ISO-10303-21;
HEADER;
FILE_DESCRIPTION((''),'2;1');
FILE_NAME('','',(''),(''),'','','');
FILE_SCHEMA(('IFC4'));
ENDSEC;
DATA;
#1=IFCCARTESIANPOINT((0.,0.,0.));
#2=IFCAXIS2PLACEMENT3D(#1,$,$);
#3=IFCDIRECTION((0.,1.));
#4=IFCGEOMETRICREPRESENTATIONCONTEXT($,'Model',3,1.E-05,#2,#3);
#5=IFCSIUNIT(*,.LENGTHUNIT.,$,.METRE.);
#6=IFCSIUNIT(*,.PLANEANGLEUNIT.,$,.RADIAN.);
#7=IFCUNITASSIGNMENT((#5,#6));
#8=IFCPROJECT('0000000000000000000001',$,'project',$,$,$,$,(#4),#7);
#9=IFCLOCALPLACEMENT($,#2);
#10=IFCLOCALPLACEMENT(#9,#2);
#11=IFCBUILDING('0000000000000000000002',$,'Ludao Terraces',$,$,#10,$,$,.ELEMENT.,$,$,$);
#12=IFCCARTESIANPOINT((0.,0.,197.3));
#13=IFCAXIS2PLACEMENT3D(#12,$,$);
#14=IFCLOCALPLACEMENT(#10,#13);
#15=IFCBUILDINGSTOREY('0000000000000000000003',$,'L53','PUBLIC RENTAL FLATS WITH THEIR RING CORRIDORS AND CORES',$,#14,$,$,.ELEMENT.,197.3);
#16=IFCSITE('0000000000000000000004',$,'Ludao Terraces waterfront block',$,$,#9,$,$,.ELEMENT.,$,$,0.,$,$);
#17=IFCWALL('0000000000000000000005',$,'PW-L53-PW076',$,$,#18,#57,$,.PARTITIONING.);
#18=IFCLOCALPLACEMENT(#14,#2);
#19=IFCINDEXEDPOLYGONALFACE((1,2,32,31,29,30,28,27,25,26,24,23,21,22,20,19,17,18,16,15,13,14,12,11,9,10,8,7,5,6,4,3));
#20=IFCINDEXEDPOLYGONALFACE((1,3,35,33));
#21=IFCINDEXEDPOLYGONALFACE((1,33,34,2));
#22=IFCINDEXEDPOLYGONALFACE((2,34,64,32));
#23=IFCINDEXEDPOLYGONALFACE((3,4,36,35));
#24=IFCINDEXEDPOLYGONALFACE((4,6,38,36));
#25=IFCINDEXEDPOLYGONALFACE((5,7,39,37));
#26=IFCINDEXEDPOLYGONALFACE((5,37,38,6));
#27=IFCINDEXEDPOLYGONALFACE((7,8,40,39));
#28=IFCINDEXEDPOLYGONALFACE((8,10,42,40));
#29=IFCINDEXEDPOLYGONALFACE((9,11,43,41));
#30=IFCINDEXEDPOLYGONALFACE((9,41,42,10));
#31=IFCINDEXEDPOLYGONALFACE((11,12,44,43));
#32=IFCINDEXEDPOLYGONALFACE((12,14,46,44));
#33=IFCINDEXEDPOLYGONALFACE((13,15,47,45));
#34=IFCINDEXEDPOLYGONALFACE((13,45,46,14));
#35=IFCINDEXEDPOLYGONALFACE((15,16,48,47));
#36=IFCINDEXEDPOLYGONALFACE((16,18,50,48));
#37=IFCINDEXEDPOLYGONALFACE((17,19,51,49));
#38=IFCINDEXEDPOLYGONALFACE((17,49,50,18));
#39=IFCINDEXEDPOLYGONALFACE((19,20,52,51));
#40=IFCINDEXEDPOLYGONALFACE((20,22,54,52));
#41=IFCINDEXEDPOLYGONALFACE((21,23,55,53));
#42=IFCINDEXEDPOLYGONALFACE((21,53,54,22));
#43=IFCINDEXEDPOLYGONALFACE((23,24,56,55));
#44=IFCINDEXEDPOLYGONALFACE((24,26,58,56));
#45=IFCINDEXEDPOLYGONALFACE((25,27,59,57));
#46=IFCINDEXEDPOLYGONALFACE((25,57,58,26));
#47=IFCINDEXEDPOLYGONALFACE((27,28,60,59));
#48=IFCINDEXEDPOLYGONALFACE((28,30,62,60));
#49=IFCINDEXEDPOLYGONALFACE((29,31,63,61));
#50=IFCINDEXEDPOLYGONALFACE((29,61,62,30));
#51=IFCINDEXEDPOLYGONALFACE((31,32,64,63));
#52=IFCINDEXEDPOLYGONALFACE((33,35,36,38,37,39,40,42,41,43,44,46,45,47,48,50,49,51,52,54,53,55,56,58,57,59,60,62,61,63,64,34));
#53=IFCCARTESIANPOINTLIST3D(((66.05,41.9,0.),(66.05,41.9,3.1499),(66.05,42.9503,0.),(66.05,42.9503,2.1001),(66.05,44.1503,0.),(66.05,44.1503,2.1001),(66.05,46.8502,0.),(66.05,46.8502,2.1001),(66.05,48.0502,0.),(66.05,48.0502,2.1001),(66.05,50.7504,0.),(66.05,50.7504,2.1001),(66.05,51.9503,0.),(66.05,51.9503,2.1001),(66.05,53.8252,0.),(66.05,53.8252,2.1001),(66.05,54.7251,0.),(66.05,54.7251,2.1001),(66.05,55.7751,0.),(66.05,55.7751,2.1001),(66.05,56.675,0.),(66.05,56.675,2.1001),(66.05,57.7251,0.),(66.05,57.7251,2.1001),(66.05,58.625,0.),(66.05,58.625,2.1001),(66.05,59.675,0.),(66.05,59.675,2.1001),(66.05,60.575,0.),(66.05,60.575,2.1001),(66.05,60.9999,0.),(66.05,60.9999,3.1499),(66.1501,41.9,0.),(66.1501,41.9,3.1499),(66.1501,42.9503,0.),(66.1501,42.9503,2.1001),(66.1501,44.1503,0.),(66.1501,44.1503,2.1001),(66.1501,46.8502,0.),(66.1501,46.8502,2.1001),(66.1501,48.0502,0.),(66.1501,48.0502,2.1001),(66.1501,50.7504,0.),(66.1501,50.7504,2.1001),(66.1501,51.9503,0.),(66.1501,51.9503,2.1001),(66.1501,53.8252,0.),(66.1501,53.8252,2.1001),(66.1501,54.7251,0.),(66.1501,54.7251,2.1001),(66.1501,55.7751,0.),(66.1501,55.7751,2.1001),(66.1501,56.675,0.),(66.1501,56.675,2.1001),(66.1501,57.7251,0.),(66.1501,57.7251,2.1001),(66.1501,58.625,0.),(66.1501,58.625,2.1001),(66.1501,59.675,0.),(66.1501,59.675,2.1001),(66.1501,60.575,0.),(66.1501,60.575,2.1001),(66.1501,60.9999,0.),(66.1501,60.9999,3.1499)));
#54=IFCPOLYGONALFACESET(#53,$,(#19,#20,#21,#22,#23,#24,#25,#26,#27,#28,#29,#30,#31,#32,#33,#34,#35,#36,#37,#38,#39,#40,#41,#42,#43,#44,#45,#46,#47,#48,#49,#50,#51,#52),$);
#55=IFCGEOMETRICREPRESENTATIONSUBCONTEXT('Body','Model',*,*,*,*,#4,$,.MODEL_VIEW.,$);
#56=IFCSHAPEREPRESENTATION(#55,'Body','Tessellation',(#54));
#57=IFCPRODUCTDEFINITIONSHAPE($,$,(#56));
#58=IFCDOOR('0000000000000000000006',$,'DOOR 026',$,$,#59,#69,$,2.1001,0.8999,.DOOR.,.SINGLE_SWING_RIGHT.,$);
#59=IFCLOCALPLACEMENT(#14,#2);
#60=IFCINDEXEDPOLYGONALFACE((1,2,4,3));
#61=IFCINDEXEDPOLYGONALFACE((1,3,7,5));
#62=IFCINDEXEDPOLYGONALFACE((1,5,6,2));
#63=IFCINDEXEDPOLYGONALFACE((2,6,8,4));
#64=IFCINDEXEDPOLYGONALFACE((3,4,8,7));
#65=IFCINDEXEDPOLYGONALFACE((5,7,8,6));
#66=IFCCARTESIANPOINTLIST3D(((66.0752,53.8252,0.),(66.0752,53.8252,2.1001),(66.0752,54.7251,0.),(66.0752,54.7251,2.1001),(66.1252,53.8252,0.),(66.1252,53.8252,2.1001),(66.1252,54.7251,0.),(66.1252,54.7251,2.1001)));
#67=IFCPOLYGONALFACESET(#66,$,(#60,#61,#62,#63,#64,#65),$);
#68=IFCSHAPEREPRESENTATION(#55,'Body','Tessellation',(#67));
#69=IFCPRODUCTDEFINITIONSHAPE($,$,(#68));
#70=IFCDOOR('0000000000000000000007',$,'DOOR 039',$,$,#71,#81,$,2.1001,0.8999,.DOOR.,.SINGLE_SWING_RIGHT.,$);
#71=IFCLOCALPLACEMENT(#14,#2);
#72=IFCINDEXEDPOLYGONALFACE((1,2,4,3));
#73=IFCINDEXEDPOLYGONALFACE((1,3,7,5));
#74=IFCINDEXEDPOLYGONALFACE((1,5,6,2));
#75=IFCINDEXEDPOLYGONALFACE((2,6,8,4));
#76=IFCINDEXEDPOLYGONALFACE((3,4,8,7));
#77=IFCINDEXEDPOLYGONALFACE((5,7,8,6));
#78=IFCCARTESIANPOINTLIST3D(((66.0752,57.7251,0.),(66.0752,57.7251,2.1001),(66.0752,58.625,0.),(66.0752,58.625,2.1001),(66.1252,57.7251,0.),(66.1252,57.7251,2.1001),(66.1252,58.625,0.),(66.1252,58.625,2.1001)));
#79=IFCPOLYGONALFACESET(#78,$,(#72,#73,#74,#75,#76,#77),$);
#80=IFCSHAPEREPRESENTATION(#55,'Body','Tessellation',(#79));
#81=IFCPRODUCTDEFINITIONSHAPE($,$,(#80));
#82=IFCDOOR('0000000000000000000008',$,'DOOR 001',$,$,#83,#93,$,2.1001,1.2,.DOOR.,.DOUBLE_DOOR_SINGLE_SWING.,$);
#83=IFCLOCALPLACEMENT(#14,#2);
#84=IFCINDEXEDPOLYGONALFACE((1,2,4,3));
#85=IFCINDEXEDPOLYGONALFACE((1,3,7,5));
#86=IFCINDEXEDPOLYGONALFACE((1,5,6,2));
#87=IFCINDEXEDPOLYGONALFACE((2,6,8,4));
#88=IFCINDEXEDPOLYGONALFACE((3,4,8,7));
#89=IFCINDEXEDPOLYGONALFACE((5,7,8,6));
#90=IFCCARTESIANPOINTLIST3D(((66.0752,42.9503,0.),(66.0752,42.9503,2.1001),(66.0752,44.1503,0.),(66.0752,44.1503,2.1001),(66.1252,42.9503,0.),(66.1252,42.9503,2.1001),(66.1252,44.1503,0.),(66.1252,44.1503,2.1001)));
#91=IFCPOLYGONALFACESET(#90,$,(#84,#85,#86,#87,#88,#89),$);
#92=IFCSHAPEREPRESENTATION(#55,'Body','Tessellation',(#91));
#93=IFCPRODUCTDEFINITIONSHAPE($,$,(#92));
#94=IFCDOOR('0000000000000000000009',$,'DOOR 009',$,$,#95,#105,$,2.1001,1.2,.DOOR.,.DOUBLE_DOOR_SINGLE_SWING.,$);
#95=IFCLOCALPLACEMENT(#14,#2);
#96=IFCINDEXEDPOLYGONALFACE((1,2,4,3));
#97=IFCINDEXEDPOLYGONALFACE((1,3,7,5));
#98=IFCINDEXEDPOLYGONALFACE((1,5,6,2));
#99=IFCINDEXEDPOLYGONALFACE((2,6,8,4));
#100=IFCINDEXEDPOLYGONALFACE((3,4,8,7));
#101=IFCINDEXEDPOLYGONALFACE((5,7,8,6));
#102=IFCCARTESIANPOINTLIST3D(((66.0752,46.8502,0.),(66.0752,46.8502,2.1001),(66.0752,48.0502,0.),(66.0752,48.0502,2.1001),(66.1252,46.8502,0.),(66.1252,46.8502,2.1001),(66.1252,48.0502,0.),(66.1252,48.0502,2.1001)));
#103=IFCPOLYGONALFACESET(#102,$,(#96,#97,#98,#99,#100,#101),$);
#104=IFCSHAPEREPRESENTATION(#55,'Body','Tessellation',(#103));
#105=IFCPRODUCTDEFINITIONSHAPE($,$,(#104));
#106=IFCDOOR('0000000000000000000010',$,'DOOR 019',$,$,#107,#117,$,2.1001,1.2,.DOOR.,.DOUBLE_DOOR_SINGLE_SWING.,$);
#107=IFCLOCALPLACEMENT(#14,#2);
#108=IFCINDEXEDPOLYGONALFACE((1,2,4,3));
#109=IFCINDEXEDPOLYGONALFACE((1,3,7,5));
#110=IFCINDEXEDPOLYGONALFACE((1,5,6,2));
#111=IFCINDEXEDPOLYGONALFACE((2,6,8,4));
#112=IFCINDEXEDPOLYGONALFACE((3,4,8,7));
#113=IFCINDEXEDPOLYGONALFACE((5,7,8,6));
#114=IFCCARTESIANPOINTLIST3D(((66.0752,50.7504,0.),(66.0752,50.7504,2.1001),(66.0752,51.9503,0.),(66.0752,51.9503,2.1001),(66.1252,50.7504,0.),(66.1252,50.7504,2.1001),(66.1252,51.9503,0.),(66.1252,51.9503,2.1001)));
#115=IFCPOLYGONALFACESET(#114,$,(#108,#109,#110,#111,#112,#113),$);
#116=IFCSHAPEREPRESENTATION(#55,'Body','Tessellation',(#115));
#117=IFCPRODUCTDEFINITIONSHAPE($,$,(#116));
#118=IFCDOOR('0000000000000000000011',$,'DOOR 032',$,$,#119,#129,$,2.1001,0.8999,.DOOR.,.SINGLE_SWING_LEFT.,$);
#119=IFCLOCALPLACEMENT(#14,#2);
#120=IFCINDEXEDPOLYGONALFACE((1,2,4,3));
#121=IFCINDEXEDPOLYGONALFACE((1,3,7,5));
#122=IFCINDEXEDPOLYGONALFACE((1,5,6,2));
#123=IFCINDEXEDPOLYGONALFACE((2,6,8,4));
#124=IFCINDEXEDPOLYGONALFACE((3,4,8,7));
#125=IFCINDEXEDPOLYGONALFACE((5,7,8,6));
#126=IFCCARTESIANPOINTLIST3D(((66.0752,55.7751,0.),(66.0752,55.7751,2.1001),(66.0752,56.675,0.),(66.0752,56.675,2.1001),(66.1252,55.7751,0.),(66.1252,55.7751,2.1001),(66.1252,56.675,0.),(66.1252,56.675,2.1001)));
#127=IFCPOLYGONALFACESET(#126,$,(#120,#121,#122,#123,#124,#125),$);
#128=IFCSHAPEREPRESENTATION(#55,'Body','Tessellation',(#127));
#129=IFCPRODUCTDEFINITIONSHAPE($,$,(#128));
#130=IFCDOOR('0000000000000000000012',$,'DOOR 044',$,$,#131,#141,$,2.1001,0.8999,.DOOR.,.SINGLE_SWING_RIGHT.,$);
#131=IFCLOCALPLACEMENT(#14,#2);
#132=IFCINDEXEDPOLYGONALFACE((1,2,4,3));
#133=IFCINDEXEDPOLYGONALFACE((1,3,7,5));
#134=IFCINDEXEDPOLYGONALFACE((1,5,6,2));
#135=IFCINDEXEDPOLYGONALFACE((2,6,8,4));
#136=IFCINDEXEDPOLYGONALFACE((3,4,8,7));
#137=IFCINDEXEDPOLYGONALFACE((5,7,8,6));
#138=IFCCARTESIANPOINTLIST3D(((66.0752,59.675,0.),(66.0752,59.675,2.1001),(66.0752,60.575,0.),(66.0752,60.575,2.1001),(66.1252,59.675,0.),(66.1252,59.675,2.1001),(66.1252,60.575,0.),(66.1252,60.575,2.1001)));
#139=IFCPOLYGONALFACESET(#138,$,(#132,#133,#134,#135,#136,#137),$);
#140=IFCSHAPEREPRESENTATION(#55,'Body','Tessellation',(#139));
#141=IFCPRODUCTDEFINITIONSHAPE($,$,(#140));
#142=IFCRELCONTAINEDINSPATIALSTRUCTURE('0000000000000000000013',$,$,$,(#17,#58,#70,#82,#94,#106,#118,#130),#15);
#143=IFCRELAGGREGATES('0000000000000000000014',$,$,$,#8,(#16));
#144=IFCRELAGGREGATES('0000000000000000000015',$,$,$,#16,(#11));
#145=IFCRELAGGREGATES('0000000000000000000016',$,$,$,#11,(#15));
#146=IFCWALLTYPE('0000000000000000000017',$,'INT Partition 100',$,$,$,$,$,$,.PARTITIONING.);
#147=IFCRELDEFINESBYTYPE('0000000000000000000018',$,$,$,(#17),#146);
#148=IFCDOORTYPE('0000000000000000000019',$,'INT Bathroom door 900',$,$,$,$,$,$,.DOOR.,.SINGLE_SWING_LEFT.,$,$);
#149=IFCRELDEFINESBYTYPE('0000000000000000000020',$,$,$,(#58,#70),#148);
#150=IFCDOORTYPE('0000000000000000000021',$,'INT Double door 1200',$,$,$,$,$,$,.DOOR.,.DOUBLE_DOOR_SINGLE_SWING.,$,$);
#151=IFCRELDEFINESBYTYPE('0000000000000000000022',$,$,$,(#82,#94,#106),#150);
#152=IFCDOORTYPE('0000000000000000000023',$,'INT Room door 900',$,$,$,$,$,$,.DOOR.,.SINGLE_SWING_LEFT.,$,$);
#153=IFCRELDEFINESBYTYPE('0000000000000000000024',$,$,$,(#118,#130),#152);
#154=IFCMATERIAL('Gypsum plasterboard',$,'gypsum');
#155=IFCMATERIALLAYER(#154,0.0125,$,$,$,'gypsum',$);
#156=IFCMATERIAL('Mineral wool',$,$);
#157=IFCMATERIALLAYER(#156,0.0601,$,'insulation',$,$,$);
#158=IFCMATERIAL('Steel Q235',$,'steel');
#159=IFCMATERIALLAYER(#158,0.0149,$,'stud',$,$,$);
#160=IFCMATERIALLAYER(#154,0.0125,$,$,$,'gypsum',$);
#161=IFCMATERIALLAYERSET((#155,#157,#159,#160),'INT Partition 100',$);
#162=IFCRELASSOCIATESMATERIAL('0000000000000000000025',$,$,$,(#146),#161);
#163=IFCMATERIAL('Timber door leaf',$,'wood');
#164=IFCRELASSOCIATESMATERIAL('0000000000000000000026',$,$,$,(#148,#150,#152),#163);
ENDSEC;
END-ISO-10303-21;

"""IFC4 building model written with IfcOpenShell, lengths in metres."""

from ifc_helpers import new_model, si_unit, direction, frame, frame_2d, origin, place, context, subcontext, project, spatial, rectangle, extrude, material, layer, layer_set, type_object, element, fill, save


model = new_model("IFC4")

# Units and contexts
model_context = context("Model", 3, precision=1e-05, world=origin(), true_north=direction((0.0, 1.0)))
body_context = subcontext(model_context, "Body", "Model", "MODEL_VIEW")
ifc_project = project(units=[si_unit("LENGTHUNIT", "METRE"), si_unit("PLANEANGLEUNIT", "RADIAN")], contexts=[model_context])

# Site, building, storey
site_placement = place(None, origin())
site = spatial("IfcSite", under=ifc_project, at=site_placement, Name="Ludao Terraces waterfront block", CompositionType="ELEMENT", RefElevation=0.0)
building_placement = place(site_placement, origin())
building = spatial("IfcBuilding", under=site, at=building_placement, Name="Ludao Terraces", CompositionType="ELEMENT")
storey_placement = place(building_placement, frame((0.0, 0.0, 197.3)))
storey = spatial("IfcBuildingStorey", under=building, at=storey_placement, Name="L53", Description="PUBLIC RENTAL FLATS WITH THEIR RING CORRIDORS AND CORES", CompositionType="ELEMENT", Elevation=197.3)

# Wall, openings, doors
ifc_material_1 = material(Name="Gypsum plasterboard", Category="gypsum")
ifc_layer_1 = layer(ifc_material_1, 0.0125, Category="gypsum")
ifc_material_2 = material(Name="Mineral wool")
ifc_layer_2 = layer(ifc_material_2, 0.0601, Name="insulation")
ifc_material_3 = material(Name="Steel Q235", Category="steel")
ifc_layer_3 = layer(ifc_material_3, 0.0149, Name="stud")
ifc_layer_4 = layer(ifc_material_1, 0.0125, Category="gypsum")
ifc_layer_set = layer_set([ifc_layer_1, ifc_layer_2, ifc_layer_3, ifc_layer_4], Name="INT Partition 100")
wall_type = type_object("IfcWallType", Name="INT Partition 100", PredefinedType="PARTITIONING", material=ifc_layer_set)
wall_1_placement = place(storey_placement, frame((66.1001, 41.9001, 0.0), z_axis=(0.0, 0.0, 1.0), x_axis=(0.0, 1.0, 0.0)))
wall_1 = element("IfcWall", 1, at=wall_1_placement, inside=storey, type_object=wall_type, Name="PW-L53-PW076", PredefinedType="PARTITIONING", context=body_context, shape_type="SweptSolid", body=[
    extrude(rectangle(XDim=19.0999, YDim=0.1001, at=frame_2d((9.5498, 0.0))), origin(), (0.0, 0.0, 1.0), 3.1499),
])
opening_1_placement = place(wall_1_placement, frame((1.05, 0.0, 0.0)))
opening_1 = element("IfcOpeningElement", 2, at=opening_1_placement, cuts=wall_1, PredefinedType="OPENING", context=body_context, shape_type="SweptSolid", body=[
    extrude(rectangle(XDim=1.2, YDim=2.1001, at=frame_2d((0.6001, 1.05))), frame((0.0, 0.0601, 0.0), z_axis=(0.0, -1.0, 0.0), x_axis=(1.0, 0.0, 0.0)), (0.0, 0.0, 1.0), 0.1201),
])
opening_2_placement = place(wall_1_placement, frame((4.95, 0.0, 0.0)))
opening_2 = element("IfcOpeningElement", 3, at=opening_2_placement, cuts=wall_1, PredefinedType="OPENING", context=body_context, shape_type="SweptSolid", body=[
    extrude(rectangle(XDim=1.2, YDim=2.1001, at=frame_2d((0.6001, 1.05))), frame((0.0, 0.0601, 0.0), z_axis=(0.0, -1.0, 0.0), x_axis=(1.0, 0.0, 0.0)), (0.0, 0.0, 1.0), 0.1201),
])
opening_3_placement = place(wall_1_placement, frame((8.8501, 0.0, 0.0)))
opening_3 = element("IfcOpeningElement", 4, at=opening_3_placement, cuts=wall_1, PredefinedType="OPENING", context=body_context, shape_type="SweptSolid", body=[
    extrude(rectangle(XDim=1.2, YDim=2.1001, at=frame_2d((0.6001, 1.05))), frame((0.0, 0.0601, 0.0), z_axis=(0.0, -1.0, 0.0), x_axis=(1.0, 0.0, 0.0)), (0.0, 0.0, 1.0), 0.1201),
])
opening_4_placement = place(wall_1_placement, frame((11.925, 0.0, 0.0)))
opening_4 = element("IfcOpeningElement", 5, at=opening_4_placement, cuts=wall_1, PredefinedType="OPENING", context=body_context, shape_type="SweptSolid", body=[
    extrude(rectangle(XDim=0.8999, YDim=2.1001, at=frame_2d((0.45, 1.05))), frame((0.0, 0.0601, 0.0), z_axis=(0.0, -1.0, 0.0), x_axis=(1.0, 0.0, 0.0)), (0.0, 0.0, 1.0), 0.1201),
])
opening_5_placement = place(wall_1_placement, frame((13.875, 0.0, 0.0)))
opening_5 = element("IfcOpeningElement", 6, at=opening_5_placement, cuts=wall_1, PredefinedType="OPENING", context=body_context, shape_type="SweptSolid", body=[
    extrude(rectangle(XDim=0.8999, YDim=2.1001, at=frame_2d((0.45, 1.05))), frame((0.0, 0.0601, 0.0), z_axis=(0.0, -1.0, 0.0), x_axis=(1.0, 0.0, 0.0)), (0.0, 0.0, 1.0), 0.1201),
])
opening_6_placement = place(wall_1_placement, frame((15.825, 0.0, 0.0)))
opening_6 = element("IfcOpeningElement", 7, at=opening_6_placement, cuts=wall_1, PredefinedType="OPENING", context=body_context, shape_type="SweptSolid", body=[
    extrude(rectangle(XDim=0.8999, YDim=2.1001, at=frame_2d((0.45, 1.05))), frame((0.0, 0.0601, 0.0), z_axis=(0.0, -1.0, 0.0), x_axis=(1.0, 0.0, 0.0)), (0.0, 0.0, 1.0), 0.1201),
])
opening_7_placement = place(wall_1_placement, frame((17.7749, 0.0, 0.0)))
opening_7 = element("IfcOpeningElement", 8, at=opening_7_placement, cuts=wall_1, PredefinedType="OPENING", context=body_context, shape_type="SweptSolid", body=[
    extrude(rectangle(XDim=0.8999, YDim=2.1001, at=frame_2d((0.45, 1.05))), frame((0.0, 0.0601, 0.0), z_axis=(0.0, -1.0, 0.0), x_axis=(1.0, 0.0, 0.0)), (0.0, 0.0, 1.0), 0.1201),
])
ifc_material_4 = material(Name="Timber door leaf", Category="wood")
door_type_1 = type_object("IfcDoorType", Name="INT Bathroom door 900", OperationType="SINGLE_SWING_LEFT", PredefinedType="DOOR", material=ifc_material_4)
door_1_placement = place(opening_4_placement, origin())
door_1 = element("IfcDoor", 9, at=door_1_placement, inside=storey, type_object=door_type_1, Name="DOOR 026", OperationType="SINGLE_SWING_RIGHT", OverallHeight=2.1001, OverallWidth=0.8999, PredefinedType="DOOR", context=body_context, shape_type="SweptSolid", body=[
    extrude(rectangle(XDim=0.8999, YDim=2.1001, at=frame_2d((0.45, 1.05))), frame((0.0, 0.0249, 0.0), z_axis=(0.0, -1.0, 0.0), x_axis=(1.0, 0.0, 0.0)), (0.0, 0.0, 1.0), 0.05),
])
fill(opening_4, door_1)
door_2_placement = place(opening_6_placement, origin())
door_2 = element("IfcDoor", 10, at=door_2_placement, inside=storey, type_object=door_type_1, Name="DOOR 039", OperationType="SINGLE_SWING_RIGHT", OverallHeight=2.1001, OverallWidth=0.8999, PredefinedType="DOOR", context=body_context, shape_type="SweptSolid", body=[
    extrude(rectangle(XDim=0.8999, YDim=2.1001, at=frame_2d((0.45, 1.05))), frame((0.0, 0.0249, 0.0), z_axis=(0.0, -1.0, 0.0), x_axis=(1.0, 0.0, 0.0)), (0.0, 0.0, 1.0), 0.05),
])
fill(opening_6, door_2)
door_type_2 = type_object("IfcDoorType", Name="INT Double door 1200", OperationType="DOUBLE_DOOR_SINGLE_SWING", PredefinedType="DOOR", material=ifc_material_4)
door_3_placement = place(opening_1_placement, origin())
door_3 = element("IfcDoor", 11, at=door_3_placement, inside=storey, type_object=door_type_2, Name="DOOR 001", OperationType="DOUBLE_DOOR_SINGLE_SWING", OverallHeight=2.1001, OverallWidth=1.2, PredefinedType="DOOR", context=body_context, shape_type="SweptSolid", body=[
    extrude(rectangle(XDim=1.2, YDim=2.1001, at=frame_2d((0.6001, 1.05))), frame((0.0, 0.0249, 0.0), z_axis=(0.0, -1.0, 0.0), x_axis=(1.0, 0.0, 0.0)), (0.0, 0.0, 1.0), 0.05),
])
fill(opening_1, door_3)
door_4_placement = place(opening_2_placement, origin())
door_4 = element("IfcDoor", 12, at=door_4_placement, inside=storey, type_object=door_type_2, Name="DOOR 009", OperationType="DOUBLE_DOOR_SINGLE_SWING", OverallHeight=2.1001, OverallWidth=1.2, PredefinedType="DOOR", context=body_context, shape_type="SweptSolid", body=[
    extrude(rectangle(XDim=1.2, YDim=2.1001, at=frame_2d((0.6001, 1.05))), frame((0.0, 0.0249, 0.0), z_axis=(0.0, -1.0, 0.0), x_axis=(1.0, 0.0, 0.0)), (0.0, 0.0, 1.0), 0.05),
])
fill(opening_2, door_4)
door_5_placement = place(opening_3_placement, origin())
door_5 = element("IfcDoor", 13, at=door_5_placement, inside=storey, type_object=door_type_2, Name="DOOR 019", OperationType="DOUBLE_DOOR_SINGLE_SWING", OverallHeight=2.1001, OverallWidth=1.2, PredefinedType="DOOR", context=body_context, shape_type="SweptSolid", body=[
    extrude(rectangle(XDim=1.2, YDim=2.1001, at=frame_2d((0.6001, 1.05))), frame((0.0, 0.0249, 0.0), z_axis=(0.0, -1.0, 0.0), x_axis=(1.0, 0.0, 0.0)), (0.0, 0.0, 1.0), 0.05),
])
fill(opening_3, door_5)
door_type_3 = type_object("IfcDoorType", Name="INT Room door 900", OperationType="SINGLE_SWING_LEFT", PredefinedType="DOOR", material=ifc_material_4)
door_6_placement = place(opening_5_placement, origin())
door_6 = element("IfcDoor", 14, at=door_6_placement, inside=storey, type_object=door_type_3, Name="DOOR 032", OperationType="SINGLE_SWING_LEFT", OverallHeight=2.1001, OverallWidth=0.8999, PredefinedType="DOOR", context=body_context, shape_type="SweptSolid", body=[
    extrude(rectangle(XDim=0.8999, YDim=2.1001, at=frame_2d((0.45, 1.05))), frame((0.0, 0.0249, 0.0), z_axis=(0.0, -1.0, 0.0), x_axis=(1.0, 0.0, 0.0)), (0.0, 0.0, 1.0), 0.05),
])
fill(opening_5, door_6)
door_7_placement = place(opening_7_placement, origin())
door_7 = element("IfcDoor", 15, at=door_7_placement, inside=storey, type_object=door_type_3, Name="DOOR 044", OperationType="SINGLE_SWING_RIGHT", OverallHeight=2.1001, OverallWidth=0.8999, PredefinedType="DOOR", context=body_context, shape_type="SweptSolid", body=[
    extrude(rectangle(XDim=0.8999, YDim=2.1001, at=frame_2d((0.45, 1.05))), frame((0.0, 0.0249, 0.0), z_axis=(0.0, -1.0, 0.0), x_axis=(1.0, 0.0, 0.0)), (0.0, 0.0, 1.0), 0.05),
])
fill(opening_7, door_7)

save(model, "model.ifc")
